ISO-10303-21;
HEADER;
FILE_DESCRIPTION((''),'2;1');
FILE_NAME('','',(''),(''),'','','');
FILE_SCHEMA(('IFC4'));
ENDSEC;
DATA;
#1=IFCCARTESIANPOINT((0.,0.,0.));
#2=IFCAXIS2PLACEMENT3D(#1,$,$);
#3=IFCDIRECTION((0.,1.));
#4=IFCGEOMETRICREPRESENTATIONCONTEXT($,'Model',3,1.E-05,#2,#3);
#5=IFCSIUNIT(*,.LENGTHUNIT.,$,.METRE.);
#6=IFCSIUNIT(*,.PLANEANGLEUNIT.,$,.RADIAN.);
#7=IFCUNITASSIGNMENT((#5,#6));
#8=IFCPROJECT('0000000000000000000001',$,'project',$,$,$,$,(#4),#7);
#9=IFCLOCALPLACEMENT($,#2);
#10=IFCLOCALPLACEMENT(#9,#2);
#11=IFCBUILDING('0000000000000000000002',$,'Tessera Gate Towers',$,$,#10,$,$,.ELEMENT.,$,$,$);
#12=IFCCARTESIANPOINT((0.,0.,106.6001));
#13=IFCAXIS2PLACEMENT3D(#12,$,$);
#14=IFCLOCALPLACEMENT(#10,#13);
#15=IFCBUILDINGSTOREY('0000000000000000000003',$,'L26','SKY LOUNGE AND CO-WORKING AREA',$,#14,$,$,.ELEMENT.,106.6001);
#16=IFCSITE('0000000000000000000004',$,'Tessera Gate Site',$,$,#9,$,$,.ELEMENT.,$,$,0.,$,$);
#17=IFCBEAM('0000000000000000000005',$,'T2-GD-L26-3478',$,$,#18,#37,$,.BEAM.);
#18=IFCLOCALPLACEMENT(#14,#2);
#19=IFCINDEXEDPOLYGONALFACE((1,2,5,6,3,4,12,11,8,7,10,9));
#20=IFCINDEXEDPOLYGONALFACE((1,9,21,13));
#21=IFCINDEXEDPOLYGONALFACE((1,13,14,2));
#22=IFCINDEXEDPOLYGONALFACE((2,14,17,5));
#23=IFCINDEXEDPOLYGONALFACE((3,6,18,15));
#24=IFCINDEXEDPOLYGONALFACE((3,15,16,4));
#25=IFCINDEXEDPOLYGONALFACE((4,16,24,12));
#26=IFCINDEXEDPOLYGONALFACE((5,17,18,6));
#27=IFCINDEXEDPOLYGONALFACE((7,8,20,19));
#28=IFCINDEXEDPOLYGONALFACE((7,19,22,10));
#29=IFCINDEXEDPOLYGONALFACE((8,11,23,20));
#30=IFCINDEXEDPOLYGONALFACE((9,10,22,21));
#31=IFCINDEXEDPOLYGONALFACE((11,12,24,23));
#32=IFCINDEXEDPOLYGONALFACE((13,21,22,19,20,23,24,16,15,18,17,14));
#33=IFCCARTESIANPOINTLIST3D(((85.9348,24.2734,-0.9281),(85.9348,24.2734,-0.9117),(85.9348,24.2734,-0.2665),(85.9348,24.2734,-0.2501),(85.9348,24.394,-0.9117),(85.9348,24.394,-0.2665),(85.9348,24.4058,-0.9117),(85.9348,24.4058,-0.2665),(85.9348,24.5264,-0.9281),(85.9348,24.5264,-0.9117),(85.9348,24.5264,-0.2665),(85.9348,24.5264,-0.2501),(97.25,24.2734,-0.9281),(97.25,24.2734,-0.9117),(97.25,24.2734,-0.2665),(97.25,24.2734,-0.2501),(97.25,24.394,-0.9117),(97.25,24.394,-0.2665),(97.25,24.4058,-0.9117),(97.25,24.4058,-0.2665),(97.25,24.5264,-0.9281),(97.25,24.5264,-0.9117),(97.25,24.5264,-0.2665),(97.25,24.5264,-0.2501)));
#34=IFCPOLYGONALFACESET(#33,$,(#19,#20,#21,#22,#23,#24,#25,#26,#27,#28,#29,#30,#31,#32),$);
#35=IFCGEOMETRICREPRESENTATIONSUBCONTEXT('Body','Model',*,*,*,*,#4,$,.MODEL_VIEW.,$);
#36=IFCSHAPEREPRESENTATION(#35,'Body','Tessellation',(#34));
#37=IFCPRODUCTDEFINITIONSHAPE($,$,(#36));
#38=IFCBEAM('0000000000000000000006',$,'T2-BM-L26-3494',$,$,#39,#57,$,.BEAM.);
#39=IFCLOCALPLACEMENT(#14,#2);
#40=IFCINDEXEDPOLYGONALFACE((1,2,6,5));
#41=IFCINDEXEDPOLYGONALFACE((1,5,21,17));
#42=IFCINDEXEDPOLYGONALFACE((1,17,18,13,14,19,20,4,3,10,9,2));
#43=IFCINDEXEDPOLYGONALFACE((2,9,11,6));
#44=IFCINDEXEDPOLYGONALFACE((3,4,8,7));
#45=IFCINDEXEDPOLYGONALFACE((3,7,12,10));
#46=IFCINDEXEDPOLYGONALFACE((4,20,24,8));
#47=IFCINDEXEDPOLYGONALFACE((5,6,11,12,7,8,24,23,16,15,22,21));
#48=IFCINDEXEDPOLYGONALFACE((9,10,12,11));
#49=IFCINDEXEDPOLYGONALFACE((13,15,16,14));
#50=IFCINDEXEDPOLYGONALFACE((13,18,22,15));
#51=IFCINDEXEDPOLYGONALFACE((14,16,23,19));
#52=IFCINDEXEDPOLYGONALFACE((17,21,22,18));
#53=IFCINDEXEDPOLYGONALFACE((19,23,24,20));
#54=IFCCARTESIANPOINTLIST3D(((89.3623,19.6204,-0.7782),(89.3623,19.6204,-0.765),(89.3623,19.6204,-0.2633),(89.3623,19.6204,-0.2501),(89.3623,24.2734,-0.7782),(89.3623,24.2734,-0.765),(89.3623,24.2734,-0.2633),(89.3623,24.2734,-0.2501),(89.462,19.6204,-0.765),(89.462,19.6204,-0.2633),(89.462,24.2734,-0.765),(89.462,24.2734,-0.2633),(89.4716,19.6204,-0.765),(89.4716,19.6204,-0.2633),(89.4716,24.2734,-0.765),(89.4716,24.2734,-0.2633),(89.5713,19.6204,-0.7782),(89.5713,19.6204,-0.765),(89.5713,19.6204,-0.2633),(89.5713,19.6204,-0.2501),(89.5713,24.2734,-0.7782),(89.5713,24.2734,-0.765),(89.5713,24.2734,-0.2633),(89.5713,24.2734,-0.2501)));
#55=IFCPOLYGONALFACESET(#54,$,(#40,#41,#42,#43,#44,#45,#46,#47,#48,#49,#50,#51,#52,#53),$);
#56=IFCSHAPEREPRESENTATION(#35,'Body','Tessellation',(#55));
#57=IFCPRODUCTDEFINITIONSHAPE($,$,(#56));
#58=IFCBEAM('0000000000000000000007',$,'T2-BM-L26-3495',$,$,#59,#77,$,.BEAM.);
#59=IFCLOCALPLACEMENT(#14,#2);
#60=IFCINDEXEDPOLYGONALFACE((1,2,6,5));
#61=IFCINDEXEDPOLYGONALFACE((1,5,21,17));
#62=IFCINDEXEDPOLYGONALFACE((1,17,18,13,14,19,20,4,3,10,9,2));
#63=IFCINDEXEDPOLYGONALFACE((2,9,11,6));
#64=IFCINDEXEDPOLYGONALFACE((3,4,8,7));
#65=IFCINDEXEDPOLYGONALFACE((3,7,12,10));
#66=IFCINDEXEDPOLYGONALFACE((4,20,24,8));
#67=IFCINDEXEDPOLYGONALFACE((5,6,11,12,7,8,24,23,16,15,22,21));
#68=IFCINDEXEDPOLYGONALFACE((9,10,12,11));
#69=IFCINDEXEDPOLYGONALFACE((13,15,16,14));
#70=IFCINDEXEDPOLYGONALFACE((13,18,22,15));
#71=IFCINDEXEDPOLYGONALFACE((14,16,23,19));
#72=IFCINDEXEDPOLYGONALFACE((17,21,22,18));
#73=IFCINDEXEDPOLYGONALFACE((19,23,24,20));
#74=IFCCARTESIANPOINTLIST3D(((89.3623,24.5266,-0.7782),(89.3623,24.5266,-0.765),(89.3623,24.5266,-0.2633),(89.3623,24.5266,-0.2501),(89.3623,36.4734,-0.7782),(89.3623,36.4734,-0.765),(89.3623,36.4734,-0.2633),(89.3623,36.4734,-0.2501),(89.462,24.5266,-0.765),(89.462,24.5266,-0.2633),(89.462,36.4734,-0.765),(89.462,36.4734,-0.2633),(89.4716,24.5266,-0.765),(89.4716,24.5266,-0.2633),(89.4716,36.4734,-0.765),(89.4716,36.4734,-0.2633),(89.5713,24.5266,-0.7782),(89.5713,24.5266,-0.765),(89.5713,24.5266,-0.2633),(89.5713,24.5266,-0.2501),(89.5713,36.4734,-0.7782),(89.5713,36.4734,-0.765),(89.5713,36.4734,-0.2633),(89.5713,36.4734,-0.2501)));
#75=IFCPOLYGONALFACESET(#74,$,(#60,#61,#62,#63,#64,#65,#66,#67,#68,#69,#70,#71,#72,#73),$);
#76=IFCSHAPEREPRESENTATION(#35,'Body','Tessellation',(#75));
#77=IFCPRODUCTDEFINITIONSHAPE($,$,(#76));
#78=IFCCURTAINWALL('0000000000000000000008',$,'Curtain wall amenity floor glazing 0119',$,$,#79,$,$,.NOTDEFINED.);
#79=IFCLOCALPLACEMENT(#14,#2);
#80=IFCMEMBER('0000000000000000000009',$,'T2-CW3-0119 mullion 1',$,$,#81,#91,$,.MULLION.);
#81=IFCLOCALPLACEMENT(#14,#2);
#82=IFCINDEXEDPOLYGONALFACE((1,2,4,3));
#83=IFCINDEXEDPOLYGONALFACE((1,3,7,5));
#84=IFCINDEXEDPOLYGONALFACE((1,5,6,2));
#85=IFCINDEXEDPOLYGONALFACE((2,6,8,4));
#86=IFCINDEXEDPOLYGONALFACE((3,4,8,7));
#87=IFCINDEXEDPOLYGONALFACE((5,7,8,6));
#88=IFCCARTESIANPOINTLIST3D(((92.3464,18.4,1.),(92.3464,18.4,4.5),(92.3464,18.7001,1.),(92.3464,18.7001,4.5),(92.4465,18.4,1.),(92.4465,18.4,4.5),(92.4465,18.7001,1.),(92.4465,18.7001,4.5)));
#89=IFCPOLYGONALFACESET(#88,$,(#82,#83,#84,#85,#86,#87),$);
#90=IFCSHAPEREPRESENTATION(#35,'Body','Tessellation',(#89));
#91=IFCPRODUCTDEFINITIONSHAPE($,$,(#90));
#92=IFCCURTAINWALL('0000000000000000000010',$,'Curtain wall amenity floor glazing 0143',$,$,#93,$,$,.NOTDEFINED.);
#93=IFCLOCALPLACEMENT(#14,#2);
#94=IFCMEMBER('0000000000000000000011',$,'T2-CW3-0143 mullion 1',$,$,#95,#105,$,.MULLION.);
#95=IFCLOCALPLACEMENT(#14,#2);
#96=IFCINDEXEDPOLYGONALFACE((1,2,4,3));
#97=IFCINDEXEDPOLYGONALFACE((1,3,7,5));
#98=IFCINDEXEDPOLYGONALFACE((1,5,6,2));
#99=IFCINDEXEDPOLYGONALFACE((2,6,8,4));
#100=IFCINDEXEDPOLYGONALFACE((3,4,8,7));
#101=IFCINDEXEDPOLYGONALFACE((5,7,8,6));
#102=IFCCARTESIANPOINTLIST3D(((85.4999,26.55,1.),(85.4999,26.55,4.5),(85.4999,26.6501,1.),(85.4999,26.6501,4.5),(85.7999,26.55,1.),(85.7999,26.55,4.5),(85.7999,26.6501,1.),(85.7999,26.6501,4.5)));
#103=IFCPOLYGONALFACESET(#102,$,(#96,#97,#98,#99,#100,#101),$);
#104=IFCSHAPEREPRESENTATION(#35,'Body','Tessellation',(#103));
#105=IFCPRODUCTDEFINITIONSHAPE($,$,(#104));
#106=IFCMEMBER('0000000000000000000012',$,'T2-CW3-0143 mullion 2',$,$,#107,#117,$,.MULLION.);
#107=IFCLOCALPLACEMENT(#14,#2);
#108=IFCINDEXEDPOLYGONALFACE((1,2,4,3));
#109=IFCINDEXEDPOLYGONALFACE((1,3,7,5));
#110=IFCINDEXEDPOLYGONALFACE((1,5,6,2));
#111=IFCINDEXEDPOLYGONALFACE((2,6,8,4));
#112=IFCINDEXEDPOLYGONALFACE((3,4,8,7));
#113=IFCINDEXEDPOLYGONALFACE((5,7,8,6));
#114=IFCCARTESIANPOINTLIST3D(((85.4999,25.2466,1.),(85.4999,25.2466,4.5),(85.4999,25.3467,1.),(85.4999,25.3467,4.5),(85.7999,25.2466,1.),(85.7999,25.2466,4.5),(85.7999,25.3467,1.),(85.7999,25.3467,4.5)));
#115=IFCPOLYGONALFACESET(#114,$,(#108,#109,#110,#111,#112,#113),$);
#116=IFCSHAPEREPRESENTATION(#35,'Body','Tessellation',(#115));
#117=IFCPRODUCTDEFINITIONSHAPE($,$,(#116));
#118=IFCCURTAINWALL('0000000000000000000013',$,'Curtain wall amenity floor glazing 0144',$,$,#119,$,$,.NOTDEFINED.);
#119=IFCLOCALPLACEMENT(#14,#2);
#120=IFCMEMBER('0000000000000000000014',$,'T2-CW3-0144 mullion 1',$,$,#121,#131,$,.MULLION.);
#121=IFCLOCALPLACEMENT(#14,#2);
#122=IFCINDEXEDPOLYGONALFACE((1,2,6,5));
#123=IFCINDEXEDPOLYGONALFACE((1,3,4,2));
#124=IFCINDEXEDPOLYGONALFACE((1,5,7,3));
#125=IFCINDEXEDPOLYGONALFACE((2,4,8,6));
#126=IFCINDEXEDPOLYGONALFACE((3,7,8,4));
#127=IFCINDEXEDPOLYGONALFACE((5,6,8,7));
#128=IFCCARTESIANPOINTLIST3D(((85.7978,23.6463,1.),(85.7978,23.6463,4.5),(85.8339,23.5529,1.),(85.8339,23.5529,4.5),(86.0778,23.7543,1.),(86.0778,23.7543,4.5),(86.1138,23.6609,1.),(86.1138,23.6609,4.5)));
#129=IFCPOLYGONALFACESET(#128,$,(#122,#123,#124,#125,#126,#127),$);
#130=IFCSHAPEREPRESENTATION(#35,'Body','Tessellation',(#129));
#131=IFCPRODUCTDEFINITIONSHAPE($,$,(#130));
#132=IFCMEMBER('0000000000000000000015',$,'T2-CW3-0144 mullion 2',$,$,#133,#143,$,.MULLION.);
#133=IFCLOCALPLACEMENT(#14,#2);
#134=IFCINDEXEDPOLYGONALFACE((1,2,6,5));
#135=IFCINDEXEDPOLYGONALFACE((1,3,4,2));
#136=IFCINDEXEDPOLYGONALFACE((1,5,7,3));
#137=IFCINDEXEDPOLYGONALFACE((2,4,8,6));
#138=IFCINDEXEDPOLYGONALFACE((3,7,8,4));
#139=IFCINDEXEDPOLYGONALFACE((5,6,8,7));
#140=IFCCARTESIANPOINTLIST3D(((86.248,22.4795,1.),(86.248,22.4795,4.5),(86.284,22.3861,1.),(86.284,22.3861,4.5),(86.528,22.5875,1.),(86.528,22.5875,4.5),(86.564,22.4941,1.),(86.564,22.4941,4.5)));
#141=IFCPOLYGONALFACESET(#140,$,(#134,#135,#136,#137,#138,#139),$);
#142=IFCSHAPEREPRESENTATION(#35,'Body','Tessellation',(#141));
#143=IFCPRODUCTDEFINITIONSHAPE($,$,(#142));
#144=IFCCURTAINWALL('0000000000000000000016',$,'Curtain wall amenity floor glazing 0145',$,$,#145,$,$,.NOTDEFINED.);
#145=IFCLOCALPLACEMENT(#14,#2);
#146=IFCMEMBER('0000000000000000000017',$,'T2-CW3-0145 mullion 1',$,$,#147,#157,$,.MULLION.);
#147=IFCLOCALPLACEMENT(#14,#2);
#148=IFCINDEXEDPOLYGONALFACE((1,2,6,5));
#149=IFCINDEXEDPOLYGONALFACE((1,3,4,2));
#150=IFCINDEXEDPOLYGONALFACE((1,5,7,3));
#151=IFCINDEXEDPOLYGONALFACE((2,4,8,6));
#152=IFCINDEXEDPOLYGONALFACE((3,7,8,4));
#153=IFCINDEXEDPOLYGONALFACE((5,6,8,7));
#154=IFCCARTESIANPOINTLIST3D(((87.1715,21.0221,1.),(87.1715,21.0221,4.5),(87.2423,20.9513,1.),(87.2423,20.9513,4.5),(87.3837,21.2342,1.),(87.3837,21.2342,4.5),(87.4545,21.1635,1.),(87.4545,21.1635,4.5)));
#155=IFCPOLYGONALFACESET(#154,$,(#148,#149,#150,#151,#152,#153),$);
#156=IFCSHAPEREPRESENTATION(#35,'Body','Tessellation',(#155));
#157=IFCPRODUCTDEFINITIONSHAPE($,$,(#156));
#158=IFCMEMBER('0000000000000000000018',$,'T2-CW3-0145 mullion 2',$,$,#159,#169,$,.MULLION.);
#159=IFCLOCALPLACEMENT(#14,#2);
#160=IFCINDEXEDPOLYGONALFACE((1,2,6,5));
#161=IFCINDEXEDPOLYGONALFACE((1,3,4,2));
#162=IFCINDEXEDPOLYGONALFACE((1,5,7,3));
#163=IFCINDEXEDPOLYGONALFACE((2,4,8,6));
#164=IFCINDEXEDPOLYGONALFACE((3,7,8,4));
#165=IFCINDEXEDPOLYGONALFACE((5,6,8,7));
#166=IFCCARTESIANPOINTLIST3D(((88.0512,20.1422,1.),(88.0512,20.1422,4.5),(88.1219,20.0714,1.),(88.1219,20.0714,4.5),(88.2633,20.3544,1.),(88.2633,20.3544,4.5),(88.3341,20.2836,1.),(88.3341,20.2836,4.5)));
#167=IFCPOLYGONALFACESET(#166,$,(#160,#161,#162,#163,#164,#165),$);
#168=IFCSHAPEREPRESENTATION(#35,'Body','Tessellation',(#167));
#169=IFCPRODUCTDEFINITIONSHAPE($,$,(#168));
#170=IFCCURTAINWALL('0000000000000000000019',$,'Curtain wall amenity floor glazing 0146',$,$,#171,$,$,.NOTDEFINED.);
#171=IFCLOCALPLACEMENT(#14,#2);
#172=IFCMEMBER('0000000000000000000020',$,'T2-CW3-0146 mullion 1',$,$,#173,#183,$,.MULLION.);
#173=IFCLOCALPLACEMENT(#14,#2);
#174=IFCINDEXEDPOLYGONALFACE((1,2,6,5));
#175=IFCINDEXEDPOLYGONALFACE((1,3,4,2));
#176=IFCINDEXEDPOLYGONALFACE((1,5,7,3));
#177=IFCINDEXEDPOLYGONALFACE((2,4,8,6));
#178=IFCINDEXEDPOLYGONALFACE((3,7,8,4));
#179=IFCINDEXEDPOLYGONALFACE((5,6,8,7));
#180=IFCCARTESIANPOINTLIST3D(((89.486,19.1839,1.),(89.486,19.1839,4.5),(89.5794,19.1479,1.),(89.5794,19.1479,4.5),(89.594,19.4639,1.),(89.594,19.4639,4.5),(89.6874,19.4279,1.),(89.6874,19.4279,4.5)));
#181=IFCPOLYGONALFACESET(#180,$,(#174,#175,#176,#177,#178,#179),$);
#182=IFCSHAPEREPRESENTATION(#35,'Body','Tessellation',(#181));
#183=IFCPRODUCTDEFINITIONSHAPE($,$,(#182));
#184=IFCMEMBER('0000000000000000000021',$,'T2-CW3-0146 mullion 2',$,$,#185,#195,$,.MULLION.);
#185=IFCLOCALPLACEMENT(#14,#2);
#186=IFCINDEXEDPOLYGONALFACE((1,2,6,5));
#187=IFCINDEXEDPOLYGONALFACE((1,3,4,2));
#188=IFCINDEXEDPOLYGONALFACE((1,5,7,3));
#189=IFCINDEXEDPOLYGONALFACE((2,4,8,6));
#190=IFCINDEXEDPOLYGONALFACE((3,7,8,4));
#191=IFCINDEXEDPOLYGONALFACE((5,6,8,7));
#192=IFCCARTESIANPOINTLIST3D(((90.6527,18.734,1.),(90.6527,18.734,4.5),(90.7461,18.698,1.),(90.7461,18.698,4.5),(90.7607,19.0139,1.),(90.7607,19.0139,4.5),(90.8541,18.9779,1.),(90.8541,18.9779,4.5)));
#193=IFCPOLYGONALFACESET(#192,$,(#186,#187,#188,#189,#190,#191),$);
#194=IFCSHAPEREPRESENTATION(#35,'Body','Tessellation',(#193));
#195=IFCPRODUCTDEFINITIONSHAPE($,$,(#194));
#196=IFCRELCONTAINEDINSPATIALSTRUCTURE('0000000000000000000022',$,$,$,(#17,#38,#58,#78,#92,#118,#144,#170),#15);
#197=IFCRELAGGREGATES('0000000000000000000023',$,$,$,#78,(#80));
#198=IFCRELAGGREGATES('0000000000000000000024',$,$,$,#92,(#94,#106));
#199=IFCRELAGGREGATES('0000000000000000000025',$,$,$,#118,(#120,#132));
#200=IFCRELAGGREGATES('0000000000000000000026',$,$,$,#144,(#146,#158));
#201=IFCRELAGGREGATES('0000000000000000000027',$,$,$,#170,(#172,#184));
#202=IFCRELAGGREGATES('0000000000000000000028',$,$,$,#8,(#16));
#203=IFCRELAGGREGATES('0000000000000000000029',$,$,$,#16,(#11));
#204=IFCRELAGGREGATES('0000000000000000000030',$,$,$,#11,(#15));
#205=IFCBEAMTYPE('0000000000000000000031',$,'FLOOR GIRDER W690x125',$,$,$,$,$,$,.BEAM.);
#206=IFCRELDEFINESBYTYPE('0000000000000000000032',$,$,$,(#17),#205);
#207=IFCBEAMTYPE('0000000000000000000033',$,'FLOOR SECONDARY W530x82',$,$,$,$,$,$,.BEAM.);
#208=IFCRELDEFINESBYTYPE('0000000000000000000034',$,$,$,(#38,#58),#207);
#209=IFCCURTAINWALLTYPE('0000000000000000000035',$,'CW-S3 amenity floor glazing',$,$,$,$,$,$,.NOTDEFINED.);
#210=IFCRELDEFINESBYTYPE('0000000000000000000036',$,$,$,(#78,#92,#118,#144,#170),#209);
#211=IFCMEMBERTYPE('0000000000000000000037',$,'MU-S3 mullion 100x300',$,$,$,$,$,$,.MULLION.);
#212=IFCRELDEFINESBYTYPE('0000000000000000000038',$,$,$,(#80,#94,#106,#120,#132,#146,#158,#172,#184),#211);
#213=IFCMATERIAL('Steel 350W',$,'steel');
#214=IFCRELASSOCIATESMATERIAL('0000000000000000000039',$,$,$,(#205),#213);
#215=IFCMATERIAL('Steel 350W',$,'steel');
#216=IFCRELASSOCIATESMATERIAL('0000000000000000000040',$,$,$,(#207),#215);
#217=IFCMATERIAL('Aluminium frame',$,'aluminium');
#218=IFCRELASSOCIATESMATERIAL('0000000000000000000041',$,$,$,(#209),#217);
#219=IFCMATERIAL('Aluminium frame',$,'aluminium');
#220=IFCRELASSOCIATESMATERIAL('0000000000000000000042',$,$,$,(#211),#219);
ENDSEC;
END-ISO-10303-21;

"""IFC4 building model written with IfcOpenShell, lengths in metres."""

from ifc_helpers import new_model, si_unit, direction, frame, origin, origin_2d, place, context, subcontext, project, spatial, rectangle, i_section, extrude, material, material_profile, profile_set, type_object, element, aggregate, save


model = new_model("IFC4")

# Units and contexts
model_context = context("Model", 3, precision=1e-05, world=origin(), true_north=direction((0.0, 1.0)))
body_context = subcontext(model_context, "Body", "Model", "MODEL_VIEW")
ifc_project = project(units=[si_unit("LENGTHUNIT", "METRE"), si_unit("PLANEANGLEUNIT", "RADIAN")], contexts=[model_context])

# Site, building, storey
site_placement = place(None, origin())
site = spatial("IfcSite", under=ifc_project, at=site_placement, Name="Tessera Gate Site", CompositionType="ELEMENT", RefElevation=0.0)
building_placement = place(site_placement, origin())
building = spatial("IfcBuilding", under=site, at=building_placement, Name="Tessera Gate Towers", CompositionType="ELEMENT")
storey_placement = place(building_placement, frame((0.0, 0.0, 106.6001)))
storey = spatial("IfcBuildingStorey", under=building, at=storey_placement, Name="L26", Description="SKY LOUNGE AND CO-WORKING AREA", CompositionType="ELEMENT", Elevation=106.6001)

# Beams
ifc_material_1 = material(Name="Steel 350W", Category="steel")
ifc_material_profile_1 = material_profile(ifc_material_1, i_section(OverallWidth=0.2529, OverallDepth=0.678, WebThickness=0.0117, FlangeThickness=0.0164, at=origin_2d()), Name="W690x125")
ifc_profile_set_1 = profile_set([ifc_material_profile_1], Name="Steel 350W")
beam_type_1 = type_object("IfcBeamType", Name="FLOOR GIRDER W690x125", PredefinedType="BEAM", material=ifc_profile_set_1)
beam_1_placement = place(storey_placement, frame((85.9348, 24.3999, -0.5891), z_axis=(1.0, 0.0, 0.0), x_axis=(0.0, 1.0, 0.0)))
element("IfcBeam", 1, at=beam_1_placement, inside=storey, type_object=beam_type_1, Name="T2-GD-L26-3478", PredefinedType="BEAM", context=body_context, shape_type="SweptSolid", body=[
    extrude(i_section(OverallWidth=0.2529, OverallDepth=0.678, WebThickness=0.0117, FlangeThickness=0.0164, at=origin_2d()), origin(), (0.0, 0.0, 1.0), 11.3152),
])
ifc_material_2 = material(Name="Steel 350W", Category="steel")
ifc_material_profile_2 = material_profile(ifc_material_2, i_section(OverallWidth=0.209, OverallDepth=0.5281, WebThickness=0.0095, FlangeThickness=0.0132, at=origin_2d()), Name="W530x82")
ifc_profile_set_2 = profile_set([ifc_material_profile_2], Name="Steel 350W")
beam_type_2 = type_object("IfcBeamType", Name="FLOOR SECONDARY W530x82", PredefinedType="BEAM", material=ifc_profile_set_2)
beam_2_placement = place(storey_placement, frame((89.4668, 19.6204, -0.5142), z_axis=(0.0, 1.0, 0.0), x_axis=(-1.0, 0.0, 0.0)))
element("IfcBeam", 2, at=beam_2_placement, inside=storey, type_object=beam_type_2, Name="T2-BM-L26-3494", PredefinedType="BEAM", context=body_context, shape_type="SweptSolid", body=[
    extrude(i_section(OverallWidth=0.209, OverallDepth=0.5281, WebThickness=0.0095, FlangeThickness=0.0132, at=origin_2d()), origin(), (0.0, 0.0, 1.0), 4.6531),
])
beam_3_placement = place(storey_placement, frame((89.4668, 24.5266, -0.5142), z_axis=(0.0, 1.0, 0.0), x_axis=(-1.0, 0.0, 0.0)))
element("IfcBeam", 3, at=beam_3_placement, inside=storey, type_object=beam_type_2, Name="T2-BM-L26-3495", PredefinedType="BEAM", context=body_context, shape_type="SweptSolid", body=[
    extrude(i_section(OverallWidth=0.209, OverallDepth=0.5281, WebThickness=0.0095, FlangeThickness=0.0132, at=origin_2d()), origin(), (0.0, 0.0, 1.0), 11.9468),
])

# Curtain wall, member
ifc_material_3 = material(Name="Aluminium frame", Category="aluminium")
curtain_wall_type = type_object("IfcCurtainWallType", Name="CW-S3 amenity floor glazing", PredefinedType="NOTDEFINED", material=ifc_material_3)
curtain_wall_1_placement = place(storey_placement, origin())
curtain_wall_1 = element("IfcCurtainWall", 4, at=curtain_wall_1_placement, inside=storey, type_object=curtain_wall_type, Name="Curtain wall amenity floor glazing 0119", PredefinedType="NOTDEFINED")
ifc_material_4 = material(Name="Aluminium frame", Category="aluminium")
ifc_material_profile_3 = material_profile(ifc_material_4, rectangle(XDim=0.1001, YDim=0.3, at=origin_2d()), Name="AL 100x300")
ifc_profile_set_3 = profile_set([ifc_material_profile_3], Name="Aluminium frame")
member_type_1 = type_object("IfcMemberType", Name="MU-S3 mullion 100x300", PredefinedType="MULLION", material=ifc_profile_set_3)
member_1_placement = place(storey_placement, frame((92.3965, 18.55, 1.0), z_axis=(0.0, 0.0, 1.0), x_axis=(1.0, 0.0, 0.0)))
member_1 = element("IfcMember", 5, at=member_1_placement, type_object=member_type_1, Name="T2-CW3-0119 mullion 1", PredefinedType="MULLION", context=body_context, shape_type="SweptSolid", body=[
    extrude(rectangle(XDim=0.1001, YDim=0.3, at=origin_2d()), origin(), (0.0, 0.0, 1.0), 3.5),
])

# Curtain walls, members
curtain_wall_2_placement = place(storey_placement, origin())
curtain_wall_2 = element("IfcCurtainWall", 6, at=curtain_wall_2_placement, inside=storey, type_object=curtain_wall_type, Name="Curtain wall amenity floor glazing 0143", PredefinedType="NOTDEFINED")
member_2_placement = place(storey_placement, frame((85.6499, 26.6001, 1.0), z_axis=(0.0, 0.0, 1.0), x_axis=(0.0, -1.0, 0.0)))
member_2 = element("IfcMember", 7, at=member_2_placement, type_object=member_type_1, Name="T2-CW3-0143 mullion 1", PredefinedType="MULLION", context=body_context, shape_type="SweptSolid", body=[
    extrude(rectangle(XDim=0.1001, YDim=0.3, at=origin_2d()), origin(), (0.0, 0.0, 1.0), 3.5),
])
member_3_placement = place(storey_placement, frame((85.6499, 25.2966, 1.0), z_axis=(0.0, 0.0, 1.0), x_axis=(0.0, -1.0, 0.0)))
member_3 = element("IfcMember", 8, at=member_3_placement, type_object=member_type_1, Name="T2-CW3-0143 mullion 2", PredefinedType="MULLION", context=body_context, shape_type="SweptSolid", body=[
    extrude(rectangle(XDim=0.1001, YDim=0.3, at=origin_2d()), origin(), (0.0, 0.0, 1.0), 3.5),
])
curtain_wall_3_placement = place(storey_placement, origin())
curtain_wall_3 = element("IfcCurtainWall", 9, at=curtain_wall_3_placement, inside=storey, type_object=curtain_wall_type, Name="Curtain wall amenity floor glazing 0144", PredefinedType="NOTDEFINED")
member_4_placement = place(storey_placement, frame((85.9558, 23.6536, 1.0), z_axis=(0.0, 0.0, 1.0), x_axis=(0.359904, -0.932989, 0.0)))
member_4 = element("IfcMember", 10, at=member_4_placement, type_object=member_type_1, Name="T2-CW3-0144 mullion 1", PredefinedType="MULLION", context=body_context, shape_type="SweptSolid", body=[
    extrude(rectangle(XDim=0.1001, YDim=0.3, at=origin_2d()), origin(), (0.0, 0.0, 1.0), 3.5),
])
member_5_placement = place(storey_placement, frame((86.406, 22.4868, 1.0), z_axis=(0.0, 0.0, 1.0), x_axis=(0.359904, -0.932989, 0.0)))
member_5 = element("IfcMember", 11, at=member_5_placement, type_object=member_type_1, Name="T2-CW3-0144 mullion 2", PredefinedType="MULLION", context=body_context, shape_type="SweptSolid", body=[
    extrude(rectangle(XDim=0.1001, YDim=0.3, at=origin_2d()), origin(), (0.0, 0.0, 1.0), 3.5),
])
curtain_wall_4_placement = place(storey_placement, origin())
curtain_wall_4 = element("IfcCurtainWall", 12, at=curtain_wall_4_placement, inside=storey, type_object=curtain_wall_type, Name="Curtain wall amenity floor glazing 0145", PredefinedType="NOTDEFINED")
member_6_placement = place(storey_placement, frame((87.313, 21.0928, 1.0), z_axis=(0.0, 0.0, 1.0), x_axis=(0.707107, -0.707107, 0.0)))
member_6 = element("IfcMember", 13, at=member_6_placement, type_object=member_type_1, Name="T2-CW3-0145 mullion 1", PredefinedType="MULLION", context=body_context, shape_type="SweptSolid", body=[
    extrude(rectangle(XDim=0.1001, YDim=0.3, at=origin_2d()), origin(), (0.0, 0.0, 1.0), 3.5),
])
member_7_placement = place(storey_placement, frame((88.1926, 20.2129, 1.0), z_axis=(0.0, 0.0, 1.0), x_axis=(0.707107, -0.707107, 0.0)))
member_7 = element("IfcMember", 14, at=member_7_placement, type_object=member_type_1, Name="T2-CW3-0145 mullion 2", PredefinedType="MULLION", context=body_context, shape_type="SweptSolid", body=[
    extrude(rectangle(XDim=0.1001, YDim=0.3, at=origin_2d()), origin(), (0.0, 0.0, 1.0), 3.5),
])
curtain_wall_5_placement = place(storey_placement, origin())
curtain_wall_5 = element("IfcCurtainWall", 15, at=curtain_wall_5_placement, inside=storey, type_object=curtain_wall_type, Name="Curtain wall amenity floor glazing 0146", PredefinedType="NOTDEFINED")
member_8_placement = place(storey_placement, frame((89.5867, 19.3059, 1.0), z_axis=(0.0, 0.0, 1.0), x_axis=(0.932989, -0.359904, 0.0)))
member_8 = element("IfcMember", 16, at=member_8_placement, type_object=member_type_1, Name="T2-CW3-0146 mullion 1", PredefinedType="MULLION", context=body_context, shape_type="SweptSolid", body=[
    extrude(rectangle(XDim=0.1001, YDim=0.3, at=origin_2d()), origin(), (0.0, 0.0, 1.0), 3.5),
])
member_9_placement = place(storey_placement, frame((90.7534, 18.856, 1.0), z_axis=(0.0, 0.0, 1.0), x_axis=(0.932989, -0.359904, 0.0)))
member_9 = element("IfcMember", 17, at=member_9_placement, type_object=member_type_1, Name="T2-CW3-0146 mullion 2", PredefinedType="MULLION", context=body_context, shape_type="SweptSolid", body=[
    extrude(rectangle(XDim=0.1001, YDim=0.3, at=origin_2d()), origin(), (0.0, 0.0, 1.0), 3.5),
])

aggregate(curtain_wall_1, [member_1])

aggregate(curtain_wall_2, [member_2, member_3])
aggregate(curtain_wall_3, [member_4, member_5])
aggregate(curtain_wall_4, [member_6, member_7])
aggregate(curtain_wall_5, [member_8, member_9])

save(model, "model.ifc")
